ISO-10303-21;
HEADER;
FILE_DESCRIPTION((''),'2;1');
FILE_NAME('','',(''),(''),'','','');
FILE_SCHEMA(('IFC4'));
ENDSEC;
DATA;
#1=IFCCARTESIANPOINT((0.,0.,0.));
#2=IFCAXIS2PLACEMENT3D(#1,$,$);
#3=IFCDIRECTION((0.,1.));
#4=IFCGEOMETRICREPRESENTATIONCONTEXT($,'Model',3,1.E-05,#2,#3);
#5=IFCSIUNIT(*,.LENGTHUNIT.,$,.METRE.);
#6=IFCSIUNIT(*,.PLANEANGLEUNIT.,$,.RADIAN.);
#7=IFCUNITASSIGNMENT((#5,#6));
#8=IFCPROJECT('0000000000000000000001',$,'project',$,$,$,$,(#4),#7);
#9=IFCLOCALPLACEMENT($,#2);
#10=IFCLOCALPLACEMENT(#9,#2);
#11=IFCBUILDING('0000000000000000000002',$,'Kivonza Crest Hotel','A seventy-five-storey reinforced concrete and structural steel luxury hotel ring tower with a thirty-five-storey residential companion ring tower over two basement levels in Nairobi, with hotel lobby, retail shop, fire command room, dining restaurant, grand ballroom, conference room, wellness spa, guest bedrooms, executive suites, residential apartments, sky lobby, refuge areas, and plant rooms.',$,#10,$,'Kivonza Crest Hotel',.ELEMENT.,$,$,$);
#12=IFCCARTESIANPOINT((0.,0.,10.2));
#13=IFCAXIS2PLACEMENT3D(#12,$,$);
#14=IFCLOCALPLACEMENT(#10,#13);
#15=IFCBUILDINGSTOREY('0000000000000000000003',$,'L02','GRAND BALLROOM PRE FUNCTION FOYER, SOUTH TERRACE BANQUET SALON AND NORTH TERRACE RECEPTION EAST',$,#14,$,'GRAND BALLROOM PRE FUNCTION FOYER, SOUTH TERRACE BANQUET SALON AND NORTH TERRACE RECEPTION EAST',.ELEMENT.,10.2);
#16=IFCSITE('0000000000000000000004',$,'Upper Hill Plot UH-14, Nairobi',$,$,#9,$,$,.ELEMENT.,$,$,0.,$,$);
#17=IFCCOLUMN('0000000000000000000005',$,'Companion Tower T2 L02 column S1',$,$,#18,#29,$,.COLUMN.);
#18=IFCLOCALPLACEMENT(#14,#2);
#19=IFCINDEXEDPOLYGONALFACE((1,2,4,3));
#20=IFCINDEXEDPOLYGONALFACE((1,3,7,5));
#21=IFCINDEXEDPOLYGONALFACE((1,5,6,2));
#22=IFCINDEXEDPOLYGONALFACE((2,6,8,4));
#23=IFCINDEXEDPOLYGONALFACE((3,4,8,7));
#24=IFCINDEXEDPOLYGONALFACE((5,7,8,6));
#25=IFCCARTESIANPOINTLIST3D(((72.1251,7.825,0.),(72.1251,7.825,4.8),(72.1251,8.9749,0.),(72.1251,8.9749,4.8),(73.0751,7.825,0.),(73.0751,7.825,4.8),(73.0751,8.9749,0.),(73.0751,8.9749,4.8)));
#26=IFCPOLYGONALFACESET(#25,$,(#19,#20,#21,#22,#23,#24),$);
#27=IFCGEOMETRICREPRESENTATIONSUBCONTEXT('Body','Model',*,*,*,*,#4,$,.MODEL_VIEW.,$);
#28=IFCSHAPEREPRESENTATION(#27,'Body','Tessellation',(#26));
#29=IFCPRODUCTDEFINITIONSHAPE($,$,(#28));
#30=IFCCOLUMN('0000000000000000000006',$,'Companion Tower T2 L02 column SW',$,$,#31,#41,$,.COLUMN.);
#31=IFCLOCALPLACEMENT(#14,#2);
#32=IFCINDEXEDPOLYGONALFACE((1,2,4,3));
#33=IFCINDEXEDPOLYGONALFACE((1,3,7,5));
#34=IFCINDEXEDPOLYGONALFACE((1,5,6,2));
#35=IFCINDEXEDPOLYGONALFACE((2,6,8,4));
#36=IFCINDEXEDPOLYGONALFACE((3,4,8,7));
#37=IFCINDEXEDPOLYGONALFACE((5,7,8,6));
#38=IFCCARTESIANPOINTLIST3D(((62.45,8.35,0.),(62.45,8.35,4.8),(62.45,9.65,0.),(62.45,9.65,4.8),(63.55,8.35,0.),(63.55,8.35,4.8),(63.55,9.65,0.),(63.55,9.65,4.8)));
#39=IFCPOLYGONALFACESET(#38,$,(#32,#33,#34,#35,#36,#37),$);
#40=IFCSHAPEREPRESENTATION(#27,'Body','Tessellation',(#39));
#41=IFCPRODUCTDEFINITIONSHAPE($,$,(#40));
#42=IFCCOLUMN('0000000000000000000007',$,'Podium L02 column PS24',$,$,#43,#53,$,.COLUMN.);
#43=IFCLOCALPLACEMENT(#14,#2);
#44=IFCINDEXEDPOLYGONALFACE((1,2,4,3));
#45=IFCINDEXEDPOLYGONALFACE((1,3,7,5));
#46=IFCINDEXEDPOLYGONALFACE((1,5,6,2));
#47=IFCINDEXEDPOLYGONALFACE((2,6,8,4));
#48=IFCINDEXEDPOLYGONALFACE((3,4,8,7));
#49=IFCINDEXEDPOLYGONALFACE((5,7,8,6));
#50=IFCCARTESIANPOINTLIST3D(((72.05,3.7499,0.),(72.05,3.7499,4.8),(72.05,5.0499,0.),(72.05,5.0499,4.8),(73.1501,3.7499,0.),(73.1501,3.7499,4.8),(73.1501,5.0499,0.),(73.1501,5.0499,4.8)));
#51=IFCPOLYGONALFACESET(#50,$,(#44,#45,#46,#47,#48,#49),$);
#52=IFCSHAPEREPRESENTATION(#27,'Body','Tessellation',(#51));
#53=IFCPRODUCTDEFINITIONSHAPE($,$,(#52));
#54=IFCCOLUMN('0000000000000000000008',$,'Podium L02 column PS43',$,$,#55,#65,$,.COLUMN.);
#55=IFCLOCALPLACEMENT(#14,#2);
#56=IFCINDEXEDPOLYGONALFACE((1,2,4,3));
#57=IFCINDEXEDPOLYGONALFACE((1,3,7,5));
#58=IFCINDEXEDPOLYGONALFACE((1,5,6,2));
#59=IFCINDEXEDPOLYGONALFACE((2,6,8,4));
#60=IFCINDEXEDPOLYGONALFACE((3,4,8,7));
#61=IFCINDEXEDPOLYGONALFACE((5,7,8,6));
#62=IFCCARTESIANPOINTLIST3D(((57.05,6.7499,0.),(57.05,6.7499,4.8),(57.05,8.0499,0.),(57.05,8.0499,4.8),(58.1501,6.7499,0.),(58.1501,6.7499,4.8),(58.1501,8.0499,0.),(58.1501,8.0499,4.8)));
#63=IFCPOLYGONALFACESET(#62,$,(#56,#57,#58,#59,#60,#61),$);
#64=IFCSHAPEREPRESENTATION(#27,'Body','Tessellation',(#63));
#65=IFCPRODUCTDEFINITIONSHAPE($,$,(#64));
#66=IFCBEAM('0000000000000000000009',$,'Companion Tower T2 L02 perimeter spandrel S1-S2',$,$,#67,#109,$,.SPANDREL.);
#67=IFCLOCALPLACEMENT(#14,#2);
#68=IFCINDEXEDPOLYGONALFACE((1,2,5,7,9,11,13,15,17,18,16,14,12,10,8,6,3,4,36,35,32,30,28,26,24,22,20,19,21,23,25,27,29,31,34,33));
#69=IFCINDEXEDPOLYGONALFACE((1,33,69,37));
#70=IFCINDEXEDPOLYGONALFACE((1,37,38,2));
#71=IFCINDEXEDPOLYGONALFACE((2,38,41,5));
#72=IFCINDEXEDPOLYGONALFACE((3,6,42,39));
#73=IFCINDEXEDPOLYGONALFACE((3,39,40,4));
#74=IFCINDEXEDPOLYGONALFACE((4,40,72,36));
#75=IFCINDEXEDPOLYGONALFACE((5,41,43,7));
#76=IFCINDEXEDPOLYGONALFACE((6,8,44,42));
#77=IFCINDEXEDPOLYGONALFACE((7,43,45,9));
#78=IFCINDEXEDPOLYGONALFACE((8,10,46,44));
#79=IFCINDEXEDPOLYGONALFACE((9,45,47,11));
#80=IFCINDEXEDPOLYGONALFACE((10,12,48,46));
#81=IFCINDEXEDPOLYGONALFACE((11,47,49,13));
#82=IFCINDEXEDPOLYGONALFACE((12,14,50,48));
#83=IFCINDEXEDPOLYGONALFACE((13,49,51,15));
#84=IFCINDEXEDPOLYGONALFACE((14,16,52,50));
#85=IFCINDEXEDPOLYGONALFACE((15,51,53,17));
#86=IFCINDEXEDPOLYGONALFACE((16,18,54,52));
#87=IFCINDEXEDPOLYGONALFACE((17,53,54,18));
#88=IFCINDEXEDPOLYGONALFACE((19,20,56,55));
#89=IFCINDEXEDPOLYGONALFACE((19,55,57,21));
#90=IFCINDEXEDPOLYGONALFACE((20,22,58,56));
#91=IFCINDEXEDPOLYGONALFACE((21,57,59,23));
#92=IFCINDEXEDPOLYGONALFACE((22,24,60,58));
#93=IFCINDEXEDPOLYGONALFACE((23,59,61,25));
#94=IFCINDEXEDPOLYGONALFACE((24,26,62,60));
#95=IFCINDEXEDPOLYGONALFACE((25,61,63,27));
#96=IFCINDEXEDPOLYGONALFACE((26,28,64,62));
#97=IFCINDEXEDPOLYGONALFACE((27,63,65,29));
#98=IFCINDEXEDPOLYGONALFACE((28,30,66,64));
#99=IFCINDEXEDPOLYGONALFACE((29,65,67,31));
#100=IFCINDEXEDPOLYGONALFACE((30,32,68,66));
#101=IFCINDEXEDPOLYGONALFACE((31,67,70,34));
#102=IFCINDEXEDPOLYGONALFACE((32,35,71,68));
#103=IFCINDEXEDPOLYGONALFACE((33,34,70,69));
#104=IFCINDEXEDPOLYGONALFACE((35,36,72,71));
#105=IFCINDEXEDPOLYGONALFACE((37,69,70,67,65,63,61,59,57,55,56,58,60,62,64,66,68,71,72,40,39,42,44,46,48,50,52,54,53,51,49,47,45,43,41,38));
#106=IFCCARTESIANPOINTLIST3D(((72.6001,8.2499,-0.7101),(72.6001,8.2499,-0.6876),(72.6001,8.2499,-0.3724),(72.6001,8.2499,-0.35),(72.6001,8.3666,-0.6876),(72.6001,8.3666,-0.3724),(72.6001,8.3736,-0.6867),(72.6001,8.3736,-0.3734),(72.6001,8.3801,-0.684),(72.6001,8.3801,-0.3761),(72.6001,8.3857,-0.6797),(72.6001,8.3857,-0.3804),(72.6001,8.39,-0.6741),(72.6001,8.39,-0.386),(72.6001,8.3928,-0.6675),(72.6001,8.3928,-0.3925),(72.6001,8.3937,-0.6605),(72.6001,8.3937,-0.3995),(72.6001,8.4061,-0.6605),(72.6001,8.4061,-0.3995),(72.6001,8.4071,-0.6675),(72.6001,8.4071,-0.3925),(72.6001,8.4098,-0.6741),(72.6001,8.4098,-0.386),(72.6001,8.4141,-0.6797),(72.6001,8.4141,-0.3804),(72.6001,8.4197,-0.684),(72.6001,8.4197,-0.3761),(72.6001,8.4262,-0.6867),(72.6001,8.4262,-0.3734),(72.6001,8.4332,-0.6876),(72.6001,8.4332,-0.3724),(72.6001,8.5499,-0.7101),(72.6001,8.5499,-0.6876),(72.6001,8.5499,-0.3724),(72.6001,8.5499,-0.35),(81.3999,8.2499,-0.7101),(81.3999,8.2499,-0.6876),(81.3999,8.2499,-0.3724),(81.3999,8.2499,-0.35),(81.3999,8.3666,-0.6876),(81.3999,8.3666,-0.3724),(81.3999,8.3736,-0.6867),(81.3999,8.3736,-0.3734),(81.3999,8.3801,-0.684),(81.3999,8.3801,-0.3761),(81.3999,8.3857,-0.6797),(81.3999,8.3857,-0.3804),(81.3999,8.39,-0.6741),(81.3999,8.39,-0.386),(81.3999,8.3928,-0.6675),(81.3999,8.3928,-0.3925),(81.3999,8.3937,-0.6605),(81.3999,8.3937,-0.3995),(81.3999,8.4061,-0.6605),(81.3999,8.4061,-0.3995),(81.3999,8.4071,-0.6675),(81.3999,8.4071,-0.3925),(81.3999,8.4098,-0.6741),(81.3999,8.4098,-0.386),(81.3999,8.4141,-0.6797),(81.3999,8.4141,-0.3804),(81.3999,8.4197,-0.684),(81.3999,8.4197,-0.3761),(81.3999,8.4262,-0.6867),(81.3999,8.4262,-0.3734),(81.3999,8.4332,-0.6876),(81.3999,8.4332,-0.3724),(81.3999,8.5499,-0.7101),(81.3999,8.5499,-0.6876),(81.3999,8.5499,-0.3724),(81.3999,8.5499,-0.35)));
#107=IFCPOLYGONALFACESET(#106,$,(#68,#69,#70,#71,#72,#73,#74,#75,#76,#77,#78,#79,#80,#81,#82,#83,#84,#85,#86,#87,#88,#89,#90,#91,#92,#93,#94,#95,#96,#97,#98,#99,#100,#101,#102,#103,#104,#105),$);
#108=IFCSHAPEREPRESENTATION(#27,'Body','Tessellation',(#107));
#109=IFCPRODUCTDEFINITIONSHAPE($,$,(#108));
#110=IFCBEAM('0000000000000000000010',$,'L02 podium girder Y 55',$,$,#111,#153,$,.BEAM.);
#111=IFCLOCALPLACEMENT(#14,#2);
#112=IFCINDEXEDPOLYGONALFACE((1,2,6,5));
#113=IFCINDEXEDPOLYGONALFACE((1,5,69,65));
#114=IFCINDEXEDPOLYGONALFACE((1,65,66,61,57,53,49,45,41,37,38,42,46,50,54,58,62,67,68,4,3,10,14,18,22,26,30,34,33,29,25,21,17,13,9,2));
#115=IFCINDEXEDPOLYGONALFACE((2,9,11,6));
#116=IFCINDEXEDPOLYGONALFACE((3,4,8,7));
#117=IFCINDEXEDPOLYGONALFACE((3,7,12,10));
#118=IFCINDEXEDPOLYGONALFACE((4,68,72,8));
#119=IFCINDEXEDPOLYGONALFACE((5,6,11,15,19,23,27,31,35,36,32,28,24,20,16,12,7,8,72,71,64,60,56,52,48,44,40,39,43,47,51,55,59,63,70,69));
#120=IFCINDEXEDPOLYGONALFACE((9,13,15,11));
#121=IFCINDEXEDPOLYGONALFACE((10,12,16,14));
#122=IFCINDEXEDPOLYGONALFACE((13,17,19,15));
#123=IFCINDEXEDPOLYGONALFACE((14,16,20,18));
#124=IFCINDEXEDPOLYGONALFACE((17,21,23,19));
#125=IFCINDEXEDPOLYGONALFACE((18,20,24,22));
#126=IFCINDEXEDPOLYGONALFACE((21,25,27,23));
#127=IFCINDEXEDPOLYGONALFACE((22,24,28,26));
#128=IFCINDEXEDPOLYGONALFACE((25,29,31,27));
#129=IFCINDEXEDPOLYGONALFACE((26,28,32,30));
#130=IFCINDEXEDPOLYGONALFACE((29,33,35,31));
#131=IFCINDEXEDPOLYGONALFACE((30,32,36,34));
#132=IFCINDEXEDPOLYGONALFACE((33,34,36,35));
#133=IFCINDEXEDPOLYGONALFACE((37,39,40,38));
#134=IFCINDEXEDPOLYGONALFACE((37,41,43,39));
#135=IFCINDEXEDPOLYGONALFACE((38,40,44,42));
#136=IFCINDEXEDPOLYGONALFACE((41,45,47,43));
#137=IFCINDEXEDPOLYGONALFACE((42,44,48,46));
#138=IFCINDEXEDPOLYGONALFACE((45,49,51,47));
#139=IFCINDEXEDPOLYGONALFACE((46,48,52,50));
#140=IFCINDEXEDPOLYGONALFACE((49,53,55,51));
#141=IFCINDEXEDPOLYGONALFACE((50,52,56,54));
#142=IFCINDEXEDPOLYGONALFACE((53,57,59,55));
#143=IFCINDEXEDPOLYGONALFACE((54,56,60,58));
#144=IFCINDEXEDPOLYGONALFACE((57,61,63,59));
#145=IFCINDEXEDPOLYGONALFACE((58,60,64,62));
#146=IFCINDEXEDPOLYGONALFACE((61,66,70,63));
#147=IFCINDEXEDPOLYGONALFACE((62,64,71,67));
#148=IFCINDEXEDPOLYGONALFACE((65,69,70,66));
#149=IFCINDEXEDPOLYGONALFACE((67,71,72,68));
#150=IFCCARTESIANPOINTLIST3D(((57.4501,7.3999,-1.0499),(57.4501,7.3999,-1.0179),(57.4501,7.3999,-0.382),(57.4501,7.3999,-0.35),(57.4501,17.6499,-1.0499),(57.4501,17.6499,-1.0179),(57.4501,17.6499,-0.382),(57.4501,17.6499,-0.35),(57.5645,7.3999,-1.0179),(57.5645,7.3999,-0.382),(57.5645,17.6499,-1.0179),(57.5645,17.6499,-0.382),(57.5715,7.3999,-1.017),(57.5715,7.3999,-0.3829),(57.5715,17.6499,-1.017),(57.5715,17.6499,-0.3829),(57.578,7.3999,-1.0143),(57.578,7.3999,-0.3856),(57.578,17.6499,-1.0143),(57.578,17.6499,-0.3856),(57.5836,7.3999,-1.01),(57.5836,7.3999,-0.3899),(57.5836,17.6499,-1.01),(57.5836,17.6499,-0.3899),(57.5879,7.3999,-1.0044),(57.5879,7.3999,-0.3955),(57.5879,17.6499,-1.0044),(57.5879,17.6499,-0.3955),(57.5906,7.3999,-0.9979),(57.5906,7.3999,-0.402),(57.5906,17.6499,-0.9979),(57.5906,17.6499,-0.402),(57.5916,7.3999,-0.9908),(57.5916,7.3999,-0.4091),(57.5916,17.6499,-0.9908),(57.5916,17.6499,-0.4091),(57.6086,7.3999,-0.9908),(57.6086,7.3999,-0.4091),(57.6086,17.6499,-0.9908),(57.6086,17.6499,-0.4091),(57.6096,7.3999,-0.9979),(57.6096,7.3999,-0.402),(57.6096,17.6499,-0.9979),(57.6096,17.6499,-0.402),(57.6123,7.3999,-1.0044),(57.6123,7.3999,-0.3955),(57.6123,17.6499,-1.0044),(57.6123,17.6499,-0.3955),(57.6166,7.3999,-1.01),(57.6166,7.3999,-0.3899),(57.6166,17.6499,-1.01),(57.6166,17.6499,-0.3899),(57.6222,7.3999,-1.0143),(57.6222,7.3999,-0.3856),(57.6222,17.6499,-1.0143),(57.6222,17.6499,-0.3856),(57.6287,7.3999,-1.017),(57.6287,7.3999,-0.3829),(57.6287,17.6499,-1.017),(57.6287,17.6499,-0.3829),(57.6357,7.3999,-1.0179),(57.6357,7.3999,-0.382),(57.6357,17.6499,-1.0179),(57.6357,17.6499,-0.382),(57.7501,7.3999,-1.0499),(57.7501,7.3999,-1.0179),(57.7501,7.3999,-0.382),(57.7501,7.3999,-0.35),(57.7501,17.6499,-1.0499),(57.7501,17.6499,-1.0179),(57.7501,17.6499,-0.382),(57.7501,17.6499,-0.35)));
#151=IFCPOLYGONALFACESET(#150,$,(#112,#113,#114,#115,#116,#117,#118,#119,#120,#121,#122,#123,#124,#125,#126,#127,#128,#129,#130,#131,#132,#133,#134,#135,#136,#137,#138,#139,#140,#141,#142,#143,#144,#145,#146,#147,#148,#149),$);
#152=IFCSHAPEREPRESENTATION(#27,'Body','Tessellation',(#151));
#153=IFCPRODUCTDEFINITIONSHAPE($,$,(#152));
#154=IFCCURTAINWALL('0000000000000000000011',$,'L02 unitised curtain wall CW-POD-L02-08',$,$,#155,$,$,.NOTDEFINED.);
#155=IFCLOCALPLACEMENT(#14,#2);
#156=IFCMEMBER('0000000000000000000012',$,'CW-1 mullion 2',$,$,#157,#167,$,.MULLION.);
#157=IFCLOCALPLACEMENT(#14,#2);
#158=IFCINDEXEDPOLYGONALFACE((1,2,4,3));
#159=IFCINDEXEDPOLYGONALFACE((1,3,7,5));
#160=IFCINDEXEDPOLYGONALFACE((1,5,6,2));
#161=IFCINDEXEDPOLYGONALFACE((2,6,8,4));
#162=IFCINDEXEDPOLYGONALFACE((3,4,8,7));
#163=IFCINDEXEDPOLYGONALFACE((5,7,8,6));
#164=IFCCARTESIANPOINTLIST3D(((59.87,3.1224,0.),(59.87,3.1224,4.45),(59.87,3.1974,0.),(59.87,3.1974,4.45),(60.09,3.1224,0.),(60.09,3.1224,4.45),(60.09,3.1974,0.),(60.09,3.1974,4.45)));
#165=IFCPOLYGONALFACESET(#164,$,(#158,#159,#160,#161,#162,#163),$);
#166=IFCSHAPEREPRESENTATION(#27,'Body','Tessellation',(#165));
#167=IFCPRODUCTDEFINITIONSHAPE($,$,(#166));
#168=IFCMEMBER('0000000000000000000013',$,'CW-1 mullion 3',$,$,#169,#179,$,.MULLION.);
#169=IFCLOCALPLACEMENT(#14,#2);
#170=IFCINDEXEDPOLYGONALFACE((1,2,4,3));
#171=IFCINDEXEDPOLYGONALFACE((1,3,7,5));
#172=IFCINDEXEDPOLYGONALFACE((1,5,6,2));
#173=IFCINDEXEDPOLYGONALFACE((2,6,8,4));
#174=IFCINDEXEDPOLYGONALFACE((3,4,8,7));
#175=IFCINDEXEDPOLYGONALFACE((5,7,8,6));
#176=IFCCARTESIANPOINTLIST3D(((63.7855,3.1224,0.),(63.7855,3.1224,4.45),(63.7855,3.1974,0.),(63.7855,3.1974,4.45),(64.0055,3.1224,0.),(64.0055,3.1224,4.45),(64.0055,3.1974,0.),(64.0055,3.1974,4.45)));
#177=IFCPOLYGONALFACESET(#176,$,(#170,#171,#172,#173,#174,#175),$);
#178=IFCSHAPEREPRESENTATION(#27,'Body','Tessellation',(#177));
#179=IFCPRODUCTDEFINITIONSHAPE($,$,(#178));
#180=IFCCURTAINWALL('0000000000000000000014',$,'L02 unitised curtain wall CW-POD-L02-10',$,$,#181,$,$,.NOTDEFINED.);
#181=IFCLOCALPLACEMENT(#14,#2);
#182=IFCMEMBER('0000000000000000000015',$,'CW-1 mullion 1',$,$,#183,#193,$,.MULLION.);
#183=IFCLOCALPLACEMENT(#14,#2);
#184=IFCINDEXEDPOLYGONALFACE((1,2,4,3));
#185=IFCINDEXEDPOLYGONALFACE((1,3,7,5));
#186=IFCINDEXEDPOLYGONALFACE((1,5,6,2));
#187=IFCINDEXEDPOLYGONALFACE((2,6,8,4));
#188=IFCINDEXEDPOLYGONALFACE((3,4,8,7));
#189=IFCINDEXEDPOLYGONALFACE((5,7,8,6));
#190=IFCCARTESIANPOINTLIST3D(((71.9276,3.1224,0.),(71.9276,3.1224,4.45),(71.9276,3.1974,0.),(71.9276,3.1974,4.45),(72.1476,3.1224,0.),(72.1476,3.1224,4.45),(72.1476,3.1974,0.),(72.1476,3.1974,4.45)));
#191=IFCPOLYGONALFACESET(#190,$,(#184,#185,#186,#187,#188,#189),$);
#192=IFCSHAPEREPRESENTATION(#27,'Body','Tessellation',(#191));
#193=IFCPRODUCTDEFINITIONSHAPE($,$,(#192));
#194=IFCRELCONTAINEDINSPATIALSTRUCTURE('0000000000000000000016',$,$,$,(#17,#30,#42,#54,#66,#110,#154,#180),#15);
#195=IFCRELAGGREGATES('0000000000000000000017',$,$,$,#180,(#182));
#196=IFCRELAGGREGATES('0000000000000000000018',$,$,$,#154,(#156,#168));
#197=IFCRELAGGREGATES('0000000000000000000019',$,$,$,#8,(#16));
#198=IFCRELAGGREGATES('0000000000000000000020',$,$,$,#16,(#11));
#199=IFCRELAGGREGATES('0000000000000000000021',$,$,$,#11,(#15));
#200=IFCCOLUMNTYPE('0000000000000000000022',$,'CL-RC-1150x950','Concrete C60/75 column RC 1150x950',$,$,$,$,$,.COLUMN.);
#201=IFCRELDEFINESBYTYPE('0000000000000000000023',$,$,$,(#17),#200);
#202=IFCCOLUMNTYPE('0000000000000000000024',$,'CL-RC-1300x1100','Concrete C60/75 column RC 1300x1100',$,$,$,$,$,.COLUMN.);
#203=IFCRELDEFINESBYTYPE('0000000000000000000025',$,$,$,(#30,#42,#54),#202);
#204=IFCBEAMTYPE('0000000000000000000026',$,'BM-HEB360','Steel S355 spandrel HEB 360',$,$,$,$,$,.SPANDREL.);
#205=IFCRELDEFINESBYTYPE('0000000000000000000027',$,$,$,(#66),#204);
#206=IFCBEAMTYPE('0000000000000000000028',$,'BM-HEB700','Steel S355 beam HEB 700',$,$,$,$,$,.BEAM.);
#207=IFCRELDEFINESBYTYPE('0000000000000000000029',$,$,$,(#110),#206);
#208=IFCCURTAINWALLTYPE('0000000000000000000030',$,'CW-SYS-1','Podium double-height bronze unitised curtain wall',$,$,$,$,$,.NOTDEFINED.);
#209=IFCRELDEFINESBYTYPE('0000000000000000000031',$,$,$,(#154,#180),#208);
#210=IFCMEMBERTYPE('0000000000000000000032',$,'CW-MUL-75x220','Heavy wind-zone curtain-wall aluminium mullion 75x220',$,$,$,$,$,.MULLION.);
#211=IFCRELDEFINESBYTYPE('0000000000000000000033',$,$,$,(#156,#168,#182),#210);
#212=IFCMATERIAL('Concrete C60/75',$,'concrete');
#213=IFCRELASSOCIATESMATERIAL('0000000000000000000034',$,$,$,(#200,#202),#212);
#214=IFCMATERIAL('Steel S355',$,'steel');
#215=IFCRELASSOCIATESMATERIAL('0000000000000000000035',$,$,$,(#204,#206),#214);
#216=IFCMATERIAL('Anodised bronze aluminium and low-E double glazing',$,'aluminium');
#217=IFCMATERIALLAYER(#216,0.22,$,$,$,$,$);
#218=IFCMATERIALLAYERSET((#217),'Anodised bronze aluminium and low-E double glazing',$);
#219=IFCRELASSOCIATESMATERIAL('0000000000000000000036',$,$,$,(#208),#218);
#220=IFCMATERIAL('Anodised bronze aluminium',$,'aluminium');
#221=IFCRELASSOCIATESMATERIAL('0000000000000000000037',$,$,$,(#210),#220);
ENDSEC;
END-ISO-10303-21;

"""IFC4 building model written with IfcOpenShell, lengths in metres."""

from ifc_helpers import new_model, si_unit, direction, frame, origin, origin_2d, place, context, subcontext, project, spatial, rectangle, i_section, extrude, material, layer, layer_set, material_profile, profile_set, type_object, element, aggregate, save


model = new_model("IFC4")

# Units and contexts
model_context = context("Model", 3, precision=1e-05, world=origin(), true_north=direction((0.0, 1.0)))
body_context = subcontext(model_context, "Body", "Model", "MODEL_VIEW")
ifc_project = project(units=[si_unit("LENGTHUNIT", "METRE"), si_unit("PLANEANGLEUNIT", "RADIAN")], contexts=[model_context])

# Site, building, storey
site_placement = place(None, origin())
site = spatial("IfcSite", under=ifc_project, at=site_placement, Name="Upper Hill Plot UH-14, Nairobi", CompositionType="ELEMENT", RefElevation=0.0)
building_placement = place(site_placement, origin())
building = spatial("IfcBuilding", under=site, at=building_placement, Name="Kivonza Crest Hotel", Description="A seventy-five-storey reinforced concrete and structural steel luxury hotel ring tower with a thirty-five-storey residential companion ring tower over two basement levels in Nairobi, with hotel lobby, retail shop, fire command room, dining restaurant, grand ballroom, conference room, wellness spa, guest bedrooms, executive suites, residential apartments, sky lobby, refuge areas, and plant rooms.", LongName="Kivonza Crest Hotel", CompositionType="ELEMENT")
storey_placement = place(building_placement, frame((0.0, 0.0, 10.2)))
storey = spatial("IfcBuildingStorey", under=building, at=storey_placement, Name="L02", Description="GRAND BALLROOM PRE FUNCTION FOYER, SOUTH TERRACE BANQUET SALON AND NORTH TERRACE RECEPTION EAST", LongName="GRAND BALLROOM PRE FUNCTION FOYER, SOUTH TERRACE BANQUET SALON AND NORTH TERRACE RECEPTION EAST", CompositionType="ELEMENT", Elevation=10.2)

# Columns
ifc_material_1 = material(Name="Concrete C60/75", Category="concrete")
ifc_material_profile_1 = material_profile(ifc_material_1, rectangle(XDim=0.95, YDim=1.1499, at=origin_2d()), Name="RC 1150x950")
ifc_profile_set_1 = profile_set([ifc_material_profile_1], Name="Concrete C60/75")
column_type_1 = type_object("IfcColumnType", Name="CL-RC-1150x950", Description="Concrete C60/75 column RC 1150x950", PredefinedType="COLUMN", material=ifc_profile_set_1)
column_placement = place(storey_placement, frame((72.6001, 8.3999, 0.0), z_axis=(0.0, 0.0, 1.0), x_axis=(1.0, 0.0, 0.0)))
element("IfcColumn", 1, at=column_placement, inside=storey, type_object=column_type_1, Name="Companion Tower T2 L02 column S1", PredefinedType="COLUMN", context=body_context, shape_type="SweptSolid", body=[
    extrude(rectangle(XDim=0.95, YDim=1.1499, at=origin_2d()), origin(), (0.0, 0.0, 1.0), 4.8),
])
ifc_material_profile_2 = material_profile(ifc_material_1, rectangle(XDim=1.1001, YDim=1.3, at=origin_2d()), Name="RC 1300x1100")
ifc_profile_set_2 = profile_set([ifc_material_profile_2], Name="Concrete C60/75")
column_type_2 = type_object("IfcColumnType", Name="CL-RC-1300x1100", Description="Concrete C60/75 column RC 1300x1100", PredefinedType="COLUMN", material=ifc_profile_set_2)
for number, where, z_axis, x_axis, name in (
    (2, (63.0, 9.0, 0.0), (0.0, 0.0, 1.0), (1.0, 0.0, 0.0), "Companion Tower T2 L02 column SW"),
    (3, (72.6001, 4.3999, 0.0), (0.0, 0.0, 1.0), (1.0, 0.0, 0.0), "Podium L02 column PS24"),
    (4, (57.6001, 7.3999, 0.0), (0.0, 0.0, 1.0), (1.0, 0.0, 0.0), "Podium L02 column PS43"),
):
    element("IfcColumn", number, at=place(storey_placement, frame(where, z_axis=z_axis, x_axis=x_axis)), inside=storey, type_object=column_type_2, Name=name, PredefinedType="COLUMN", context=body_context, shape_type="SweptSolid", body=[
        extrude(rectangle(XDim=1.1001, YDim=1.3, at=origin_2d()), origin(), (0.0, 0.0, 1.0), 4.8),
    ])

# Beams
ifc_material_2 = material(Name="Steel S355", Category="steel")
ifc_material_profile_3 = material_profile(ifc_material_2, i_section(OverallWidth=0.3, OverallDepth=0.3601, WebThickness=0.0125, FlangeThickness=0.0225, FilletRadius=0.0271, at=origin_2d()), Name="HEB 360")
ifc_profile_set_3 = profile_set([ifc_material_profile_3], Name="Steel S355")
beam_type_1 = type_object("IfcBeamType", Name="BM-HEB360", Description="Steel S355 spandrel HEB 360", PredefinedType="SPANDREL", material=ifc_profile_set_3)
beam_1_placement = place(storey_placement, frame((72.6001, 8.3999, -0.53), z_axis=(1.0, 0.0, 0.0), x_axis=(0.0, 1.0, 0.0)))
element("IfcBeam", 5, at=beam_1_placement, inside=storey, type_object=beam_type_1, Name="Companion Tower T2 L02 perimeter spandrel S1-S2", PredefinedType="SPANDREL", context=body_context, shape_type="SweptSolid", body=[
    extrude(i_section(OverallWidth=0.3, OverallDepth=0.3601, WebThickness=0.0125, FlangeThickness=0.0225, FilletRadius=0.0271, at=origin_2d()), origin(), (0.0, 0.0, 1.0), 8.7998),
])
ifc_material_profile_4 = material_profile(ifc_material_2, i_section(OverallWidth=0.3, OverallDepth=0.7, WebThickness=0.0171, FlangeThickness=0.032, FilletRadius=0.0271, at=origin_2d()), Name="HEB 700")
ifc_profile_set_4 = profile_set([ifc_material_profile_4], Name="Steel S355")
beam_type_2 = type_object("IfcBeamType", Name="BM-HEB700", Description="Steel S355 beam HEB 700", PredefinedType="BEAM", material=ifc_profile_set_4)
beam_2_placement = place(storey_placement, frame((57.6001, 7.3999, -0.7), z_axis=(0.0, 1.0, 0.0), x_axis=(-1.0, 0.0, 0.0)))
element("IfcBeam", 6, at=beam_2_placement, inside=storey, type_object=beam_type_2, Name="L02 podium girder Y 55", PredefinedType="BEAM", context=body_context, shape_type="SweptSolid", body=[
    extrude(i_section(OverallWidth=0.3, OverallDepth=0.7, WebThickness=0.0171, FlangeThickness=0.032, FilletRadius=0.0271, at=origin_2d()), origin(), (0.0, 0.0, 1.0), 10.25),
])

# Curtain wall, members
ifc_material_3 = material(Name="Anodised bronze aluminium and low-E double glazing", Category="aluminium")
ifc_layer_1 = layer(ifc_material_3, 0.22)
ifc_layer_set_1 = layer_set([ifc_layer_1], Name="Anodised bronze aluminium and low-E double glazing")
curtain_wall_type = type_object("IfcCurtainWallType", Name="CW-SYS-1", Description="Podium double-height bronze unitised curtain wall", PredefinedType="NOTDEFINED", material=ifc_layer_set_1)
curtain_wall_1_placement = place(storey_placement, origin())
curtain_wall_1 = element("IfcCurtainWall", 7, at=curtain_wall_1_placement, inside=storey, type_object=curtain_wall_type, Name="L02 unitised curtain wall CW-POD-L02-08", PredefinedType="NOTDEFINED")
ifc_material_4 = material(Name="Anodised bronze aluminium", Category="aluminium")
ifc_material_profile_5 = material_profile(ifc_material_4, rectangle(XDim=0.075, YDim=0.22, at=origin_2d()), Name="CW-M 75x220")
ifc_profile_set_5 = profile_set([ifc_material_profile_5], Name="Anodised bronze aluminium")
member_type_1 = type_object("IfcMemberType", Name="CW-MUL-75x220", Description="Heavy wind-zone curtain-wall aluminium mullion 75x220", PredefinedType="MULLION", material=ifc_profile_set_5)
member_1_placement = place(storey_placement, frame((59.98, 3.1599, 0.0), z_axis=(0.0, 0.0, 1.0), x_axis=(0.0, 1.0, 0.0)))
member_1 = element("IfcMember", 8, at=member_1_placement, type_object=member_type_1, Name="CW-1 mullion 2", PredefinedType="MULLION", context=body_context, shape_type="SweptSolid", body=[
    extrude(rectangle(XDim=0.075, YDim=0.22, at=origin_2d()), origin(), (0.0, 0.0, 1.0), 4.45),
])
member_2_placement = place(storey_placement, frame((63.8955, 3.1599, 0.0), z_axis=(0.0, 0.0, 1.0), x_axis=(0.0, 1.0, 0.0)))
member_2 = element("IfcMember", 9, at=member_2_placement, type_object=member_type_1, Name="CW-1 mullion 3", PredefinedType="MULLION", context=body_context, shape_type="SweptSolid", body=[
    extrude(rectangle(XDim=0.075, YDim=0.22, at=origin_2d()), origin(), (0.0, 0.0, 1.0), 4.45),
])

# Curtain wall, member
curtain_wall_2_placement = place(storey_placement, origin())
curtain_wall_2 = element("IfcCurtainWall", 10, at=curtain_wall_2_placement, inside=storey, type_object=curtain_wall_type, Name="L02 unitised curtain wall CW-POD-L02-10", PredefinedType="NOTDEFINED")
member_3_placement = place(storey_placement, frame((72.0376, 3.1599, 0.0), z_axis=(0.0, 0.0, 1.0), x_axis=(0.0, 1.0, 0.0)))
member_3 = element("IfcMember", 11, at=member_3_placement, type_object=member_type_1, Name="CW-1 mullion 1", PredefinedType="MULLION", context=body_context, shape_type="SweptSolid", body=[
    extrude(rectangle(XDim=0.075, YDim=0.22, at=origin_2d()), origin(), (0.0, 0.0, 1.0), 4.45),
])

aggregate(curtain_wall_2, [member_3])

aggregate(curtain_wall_1, [member_1, member_2])

save(model, "model.ifc")
